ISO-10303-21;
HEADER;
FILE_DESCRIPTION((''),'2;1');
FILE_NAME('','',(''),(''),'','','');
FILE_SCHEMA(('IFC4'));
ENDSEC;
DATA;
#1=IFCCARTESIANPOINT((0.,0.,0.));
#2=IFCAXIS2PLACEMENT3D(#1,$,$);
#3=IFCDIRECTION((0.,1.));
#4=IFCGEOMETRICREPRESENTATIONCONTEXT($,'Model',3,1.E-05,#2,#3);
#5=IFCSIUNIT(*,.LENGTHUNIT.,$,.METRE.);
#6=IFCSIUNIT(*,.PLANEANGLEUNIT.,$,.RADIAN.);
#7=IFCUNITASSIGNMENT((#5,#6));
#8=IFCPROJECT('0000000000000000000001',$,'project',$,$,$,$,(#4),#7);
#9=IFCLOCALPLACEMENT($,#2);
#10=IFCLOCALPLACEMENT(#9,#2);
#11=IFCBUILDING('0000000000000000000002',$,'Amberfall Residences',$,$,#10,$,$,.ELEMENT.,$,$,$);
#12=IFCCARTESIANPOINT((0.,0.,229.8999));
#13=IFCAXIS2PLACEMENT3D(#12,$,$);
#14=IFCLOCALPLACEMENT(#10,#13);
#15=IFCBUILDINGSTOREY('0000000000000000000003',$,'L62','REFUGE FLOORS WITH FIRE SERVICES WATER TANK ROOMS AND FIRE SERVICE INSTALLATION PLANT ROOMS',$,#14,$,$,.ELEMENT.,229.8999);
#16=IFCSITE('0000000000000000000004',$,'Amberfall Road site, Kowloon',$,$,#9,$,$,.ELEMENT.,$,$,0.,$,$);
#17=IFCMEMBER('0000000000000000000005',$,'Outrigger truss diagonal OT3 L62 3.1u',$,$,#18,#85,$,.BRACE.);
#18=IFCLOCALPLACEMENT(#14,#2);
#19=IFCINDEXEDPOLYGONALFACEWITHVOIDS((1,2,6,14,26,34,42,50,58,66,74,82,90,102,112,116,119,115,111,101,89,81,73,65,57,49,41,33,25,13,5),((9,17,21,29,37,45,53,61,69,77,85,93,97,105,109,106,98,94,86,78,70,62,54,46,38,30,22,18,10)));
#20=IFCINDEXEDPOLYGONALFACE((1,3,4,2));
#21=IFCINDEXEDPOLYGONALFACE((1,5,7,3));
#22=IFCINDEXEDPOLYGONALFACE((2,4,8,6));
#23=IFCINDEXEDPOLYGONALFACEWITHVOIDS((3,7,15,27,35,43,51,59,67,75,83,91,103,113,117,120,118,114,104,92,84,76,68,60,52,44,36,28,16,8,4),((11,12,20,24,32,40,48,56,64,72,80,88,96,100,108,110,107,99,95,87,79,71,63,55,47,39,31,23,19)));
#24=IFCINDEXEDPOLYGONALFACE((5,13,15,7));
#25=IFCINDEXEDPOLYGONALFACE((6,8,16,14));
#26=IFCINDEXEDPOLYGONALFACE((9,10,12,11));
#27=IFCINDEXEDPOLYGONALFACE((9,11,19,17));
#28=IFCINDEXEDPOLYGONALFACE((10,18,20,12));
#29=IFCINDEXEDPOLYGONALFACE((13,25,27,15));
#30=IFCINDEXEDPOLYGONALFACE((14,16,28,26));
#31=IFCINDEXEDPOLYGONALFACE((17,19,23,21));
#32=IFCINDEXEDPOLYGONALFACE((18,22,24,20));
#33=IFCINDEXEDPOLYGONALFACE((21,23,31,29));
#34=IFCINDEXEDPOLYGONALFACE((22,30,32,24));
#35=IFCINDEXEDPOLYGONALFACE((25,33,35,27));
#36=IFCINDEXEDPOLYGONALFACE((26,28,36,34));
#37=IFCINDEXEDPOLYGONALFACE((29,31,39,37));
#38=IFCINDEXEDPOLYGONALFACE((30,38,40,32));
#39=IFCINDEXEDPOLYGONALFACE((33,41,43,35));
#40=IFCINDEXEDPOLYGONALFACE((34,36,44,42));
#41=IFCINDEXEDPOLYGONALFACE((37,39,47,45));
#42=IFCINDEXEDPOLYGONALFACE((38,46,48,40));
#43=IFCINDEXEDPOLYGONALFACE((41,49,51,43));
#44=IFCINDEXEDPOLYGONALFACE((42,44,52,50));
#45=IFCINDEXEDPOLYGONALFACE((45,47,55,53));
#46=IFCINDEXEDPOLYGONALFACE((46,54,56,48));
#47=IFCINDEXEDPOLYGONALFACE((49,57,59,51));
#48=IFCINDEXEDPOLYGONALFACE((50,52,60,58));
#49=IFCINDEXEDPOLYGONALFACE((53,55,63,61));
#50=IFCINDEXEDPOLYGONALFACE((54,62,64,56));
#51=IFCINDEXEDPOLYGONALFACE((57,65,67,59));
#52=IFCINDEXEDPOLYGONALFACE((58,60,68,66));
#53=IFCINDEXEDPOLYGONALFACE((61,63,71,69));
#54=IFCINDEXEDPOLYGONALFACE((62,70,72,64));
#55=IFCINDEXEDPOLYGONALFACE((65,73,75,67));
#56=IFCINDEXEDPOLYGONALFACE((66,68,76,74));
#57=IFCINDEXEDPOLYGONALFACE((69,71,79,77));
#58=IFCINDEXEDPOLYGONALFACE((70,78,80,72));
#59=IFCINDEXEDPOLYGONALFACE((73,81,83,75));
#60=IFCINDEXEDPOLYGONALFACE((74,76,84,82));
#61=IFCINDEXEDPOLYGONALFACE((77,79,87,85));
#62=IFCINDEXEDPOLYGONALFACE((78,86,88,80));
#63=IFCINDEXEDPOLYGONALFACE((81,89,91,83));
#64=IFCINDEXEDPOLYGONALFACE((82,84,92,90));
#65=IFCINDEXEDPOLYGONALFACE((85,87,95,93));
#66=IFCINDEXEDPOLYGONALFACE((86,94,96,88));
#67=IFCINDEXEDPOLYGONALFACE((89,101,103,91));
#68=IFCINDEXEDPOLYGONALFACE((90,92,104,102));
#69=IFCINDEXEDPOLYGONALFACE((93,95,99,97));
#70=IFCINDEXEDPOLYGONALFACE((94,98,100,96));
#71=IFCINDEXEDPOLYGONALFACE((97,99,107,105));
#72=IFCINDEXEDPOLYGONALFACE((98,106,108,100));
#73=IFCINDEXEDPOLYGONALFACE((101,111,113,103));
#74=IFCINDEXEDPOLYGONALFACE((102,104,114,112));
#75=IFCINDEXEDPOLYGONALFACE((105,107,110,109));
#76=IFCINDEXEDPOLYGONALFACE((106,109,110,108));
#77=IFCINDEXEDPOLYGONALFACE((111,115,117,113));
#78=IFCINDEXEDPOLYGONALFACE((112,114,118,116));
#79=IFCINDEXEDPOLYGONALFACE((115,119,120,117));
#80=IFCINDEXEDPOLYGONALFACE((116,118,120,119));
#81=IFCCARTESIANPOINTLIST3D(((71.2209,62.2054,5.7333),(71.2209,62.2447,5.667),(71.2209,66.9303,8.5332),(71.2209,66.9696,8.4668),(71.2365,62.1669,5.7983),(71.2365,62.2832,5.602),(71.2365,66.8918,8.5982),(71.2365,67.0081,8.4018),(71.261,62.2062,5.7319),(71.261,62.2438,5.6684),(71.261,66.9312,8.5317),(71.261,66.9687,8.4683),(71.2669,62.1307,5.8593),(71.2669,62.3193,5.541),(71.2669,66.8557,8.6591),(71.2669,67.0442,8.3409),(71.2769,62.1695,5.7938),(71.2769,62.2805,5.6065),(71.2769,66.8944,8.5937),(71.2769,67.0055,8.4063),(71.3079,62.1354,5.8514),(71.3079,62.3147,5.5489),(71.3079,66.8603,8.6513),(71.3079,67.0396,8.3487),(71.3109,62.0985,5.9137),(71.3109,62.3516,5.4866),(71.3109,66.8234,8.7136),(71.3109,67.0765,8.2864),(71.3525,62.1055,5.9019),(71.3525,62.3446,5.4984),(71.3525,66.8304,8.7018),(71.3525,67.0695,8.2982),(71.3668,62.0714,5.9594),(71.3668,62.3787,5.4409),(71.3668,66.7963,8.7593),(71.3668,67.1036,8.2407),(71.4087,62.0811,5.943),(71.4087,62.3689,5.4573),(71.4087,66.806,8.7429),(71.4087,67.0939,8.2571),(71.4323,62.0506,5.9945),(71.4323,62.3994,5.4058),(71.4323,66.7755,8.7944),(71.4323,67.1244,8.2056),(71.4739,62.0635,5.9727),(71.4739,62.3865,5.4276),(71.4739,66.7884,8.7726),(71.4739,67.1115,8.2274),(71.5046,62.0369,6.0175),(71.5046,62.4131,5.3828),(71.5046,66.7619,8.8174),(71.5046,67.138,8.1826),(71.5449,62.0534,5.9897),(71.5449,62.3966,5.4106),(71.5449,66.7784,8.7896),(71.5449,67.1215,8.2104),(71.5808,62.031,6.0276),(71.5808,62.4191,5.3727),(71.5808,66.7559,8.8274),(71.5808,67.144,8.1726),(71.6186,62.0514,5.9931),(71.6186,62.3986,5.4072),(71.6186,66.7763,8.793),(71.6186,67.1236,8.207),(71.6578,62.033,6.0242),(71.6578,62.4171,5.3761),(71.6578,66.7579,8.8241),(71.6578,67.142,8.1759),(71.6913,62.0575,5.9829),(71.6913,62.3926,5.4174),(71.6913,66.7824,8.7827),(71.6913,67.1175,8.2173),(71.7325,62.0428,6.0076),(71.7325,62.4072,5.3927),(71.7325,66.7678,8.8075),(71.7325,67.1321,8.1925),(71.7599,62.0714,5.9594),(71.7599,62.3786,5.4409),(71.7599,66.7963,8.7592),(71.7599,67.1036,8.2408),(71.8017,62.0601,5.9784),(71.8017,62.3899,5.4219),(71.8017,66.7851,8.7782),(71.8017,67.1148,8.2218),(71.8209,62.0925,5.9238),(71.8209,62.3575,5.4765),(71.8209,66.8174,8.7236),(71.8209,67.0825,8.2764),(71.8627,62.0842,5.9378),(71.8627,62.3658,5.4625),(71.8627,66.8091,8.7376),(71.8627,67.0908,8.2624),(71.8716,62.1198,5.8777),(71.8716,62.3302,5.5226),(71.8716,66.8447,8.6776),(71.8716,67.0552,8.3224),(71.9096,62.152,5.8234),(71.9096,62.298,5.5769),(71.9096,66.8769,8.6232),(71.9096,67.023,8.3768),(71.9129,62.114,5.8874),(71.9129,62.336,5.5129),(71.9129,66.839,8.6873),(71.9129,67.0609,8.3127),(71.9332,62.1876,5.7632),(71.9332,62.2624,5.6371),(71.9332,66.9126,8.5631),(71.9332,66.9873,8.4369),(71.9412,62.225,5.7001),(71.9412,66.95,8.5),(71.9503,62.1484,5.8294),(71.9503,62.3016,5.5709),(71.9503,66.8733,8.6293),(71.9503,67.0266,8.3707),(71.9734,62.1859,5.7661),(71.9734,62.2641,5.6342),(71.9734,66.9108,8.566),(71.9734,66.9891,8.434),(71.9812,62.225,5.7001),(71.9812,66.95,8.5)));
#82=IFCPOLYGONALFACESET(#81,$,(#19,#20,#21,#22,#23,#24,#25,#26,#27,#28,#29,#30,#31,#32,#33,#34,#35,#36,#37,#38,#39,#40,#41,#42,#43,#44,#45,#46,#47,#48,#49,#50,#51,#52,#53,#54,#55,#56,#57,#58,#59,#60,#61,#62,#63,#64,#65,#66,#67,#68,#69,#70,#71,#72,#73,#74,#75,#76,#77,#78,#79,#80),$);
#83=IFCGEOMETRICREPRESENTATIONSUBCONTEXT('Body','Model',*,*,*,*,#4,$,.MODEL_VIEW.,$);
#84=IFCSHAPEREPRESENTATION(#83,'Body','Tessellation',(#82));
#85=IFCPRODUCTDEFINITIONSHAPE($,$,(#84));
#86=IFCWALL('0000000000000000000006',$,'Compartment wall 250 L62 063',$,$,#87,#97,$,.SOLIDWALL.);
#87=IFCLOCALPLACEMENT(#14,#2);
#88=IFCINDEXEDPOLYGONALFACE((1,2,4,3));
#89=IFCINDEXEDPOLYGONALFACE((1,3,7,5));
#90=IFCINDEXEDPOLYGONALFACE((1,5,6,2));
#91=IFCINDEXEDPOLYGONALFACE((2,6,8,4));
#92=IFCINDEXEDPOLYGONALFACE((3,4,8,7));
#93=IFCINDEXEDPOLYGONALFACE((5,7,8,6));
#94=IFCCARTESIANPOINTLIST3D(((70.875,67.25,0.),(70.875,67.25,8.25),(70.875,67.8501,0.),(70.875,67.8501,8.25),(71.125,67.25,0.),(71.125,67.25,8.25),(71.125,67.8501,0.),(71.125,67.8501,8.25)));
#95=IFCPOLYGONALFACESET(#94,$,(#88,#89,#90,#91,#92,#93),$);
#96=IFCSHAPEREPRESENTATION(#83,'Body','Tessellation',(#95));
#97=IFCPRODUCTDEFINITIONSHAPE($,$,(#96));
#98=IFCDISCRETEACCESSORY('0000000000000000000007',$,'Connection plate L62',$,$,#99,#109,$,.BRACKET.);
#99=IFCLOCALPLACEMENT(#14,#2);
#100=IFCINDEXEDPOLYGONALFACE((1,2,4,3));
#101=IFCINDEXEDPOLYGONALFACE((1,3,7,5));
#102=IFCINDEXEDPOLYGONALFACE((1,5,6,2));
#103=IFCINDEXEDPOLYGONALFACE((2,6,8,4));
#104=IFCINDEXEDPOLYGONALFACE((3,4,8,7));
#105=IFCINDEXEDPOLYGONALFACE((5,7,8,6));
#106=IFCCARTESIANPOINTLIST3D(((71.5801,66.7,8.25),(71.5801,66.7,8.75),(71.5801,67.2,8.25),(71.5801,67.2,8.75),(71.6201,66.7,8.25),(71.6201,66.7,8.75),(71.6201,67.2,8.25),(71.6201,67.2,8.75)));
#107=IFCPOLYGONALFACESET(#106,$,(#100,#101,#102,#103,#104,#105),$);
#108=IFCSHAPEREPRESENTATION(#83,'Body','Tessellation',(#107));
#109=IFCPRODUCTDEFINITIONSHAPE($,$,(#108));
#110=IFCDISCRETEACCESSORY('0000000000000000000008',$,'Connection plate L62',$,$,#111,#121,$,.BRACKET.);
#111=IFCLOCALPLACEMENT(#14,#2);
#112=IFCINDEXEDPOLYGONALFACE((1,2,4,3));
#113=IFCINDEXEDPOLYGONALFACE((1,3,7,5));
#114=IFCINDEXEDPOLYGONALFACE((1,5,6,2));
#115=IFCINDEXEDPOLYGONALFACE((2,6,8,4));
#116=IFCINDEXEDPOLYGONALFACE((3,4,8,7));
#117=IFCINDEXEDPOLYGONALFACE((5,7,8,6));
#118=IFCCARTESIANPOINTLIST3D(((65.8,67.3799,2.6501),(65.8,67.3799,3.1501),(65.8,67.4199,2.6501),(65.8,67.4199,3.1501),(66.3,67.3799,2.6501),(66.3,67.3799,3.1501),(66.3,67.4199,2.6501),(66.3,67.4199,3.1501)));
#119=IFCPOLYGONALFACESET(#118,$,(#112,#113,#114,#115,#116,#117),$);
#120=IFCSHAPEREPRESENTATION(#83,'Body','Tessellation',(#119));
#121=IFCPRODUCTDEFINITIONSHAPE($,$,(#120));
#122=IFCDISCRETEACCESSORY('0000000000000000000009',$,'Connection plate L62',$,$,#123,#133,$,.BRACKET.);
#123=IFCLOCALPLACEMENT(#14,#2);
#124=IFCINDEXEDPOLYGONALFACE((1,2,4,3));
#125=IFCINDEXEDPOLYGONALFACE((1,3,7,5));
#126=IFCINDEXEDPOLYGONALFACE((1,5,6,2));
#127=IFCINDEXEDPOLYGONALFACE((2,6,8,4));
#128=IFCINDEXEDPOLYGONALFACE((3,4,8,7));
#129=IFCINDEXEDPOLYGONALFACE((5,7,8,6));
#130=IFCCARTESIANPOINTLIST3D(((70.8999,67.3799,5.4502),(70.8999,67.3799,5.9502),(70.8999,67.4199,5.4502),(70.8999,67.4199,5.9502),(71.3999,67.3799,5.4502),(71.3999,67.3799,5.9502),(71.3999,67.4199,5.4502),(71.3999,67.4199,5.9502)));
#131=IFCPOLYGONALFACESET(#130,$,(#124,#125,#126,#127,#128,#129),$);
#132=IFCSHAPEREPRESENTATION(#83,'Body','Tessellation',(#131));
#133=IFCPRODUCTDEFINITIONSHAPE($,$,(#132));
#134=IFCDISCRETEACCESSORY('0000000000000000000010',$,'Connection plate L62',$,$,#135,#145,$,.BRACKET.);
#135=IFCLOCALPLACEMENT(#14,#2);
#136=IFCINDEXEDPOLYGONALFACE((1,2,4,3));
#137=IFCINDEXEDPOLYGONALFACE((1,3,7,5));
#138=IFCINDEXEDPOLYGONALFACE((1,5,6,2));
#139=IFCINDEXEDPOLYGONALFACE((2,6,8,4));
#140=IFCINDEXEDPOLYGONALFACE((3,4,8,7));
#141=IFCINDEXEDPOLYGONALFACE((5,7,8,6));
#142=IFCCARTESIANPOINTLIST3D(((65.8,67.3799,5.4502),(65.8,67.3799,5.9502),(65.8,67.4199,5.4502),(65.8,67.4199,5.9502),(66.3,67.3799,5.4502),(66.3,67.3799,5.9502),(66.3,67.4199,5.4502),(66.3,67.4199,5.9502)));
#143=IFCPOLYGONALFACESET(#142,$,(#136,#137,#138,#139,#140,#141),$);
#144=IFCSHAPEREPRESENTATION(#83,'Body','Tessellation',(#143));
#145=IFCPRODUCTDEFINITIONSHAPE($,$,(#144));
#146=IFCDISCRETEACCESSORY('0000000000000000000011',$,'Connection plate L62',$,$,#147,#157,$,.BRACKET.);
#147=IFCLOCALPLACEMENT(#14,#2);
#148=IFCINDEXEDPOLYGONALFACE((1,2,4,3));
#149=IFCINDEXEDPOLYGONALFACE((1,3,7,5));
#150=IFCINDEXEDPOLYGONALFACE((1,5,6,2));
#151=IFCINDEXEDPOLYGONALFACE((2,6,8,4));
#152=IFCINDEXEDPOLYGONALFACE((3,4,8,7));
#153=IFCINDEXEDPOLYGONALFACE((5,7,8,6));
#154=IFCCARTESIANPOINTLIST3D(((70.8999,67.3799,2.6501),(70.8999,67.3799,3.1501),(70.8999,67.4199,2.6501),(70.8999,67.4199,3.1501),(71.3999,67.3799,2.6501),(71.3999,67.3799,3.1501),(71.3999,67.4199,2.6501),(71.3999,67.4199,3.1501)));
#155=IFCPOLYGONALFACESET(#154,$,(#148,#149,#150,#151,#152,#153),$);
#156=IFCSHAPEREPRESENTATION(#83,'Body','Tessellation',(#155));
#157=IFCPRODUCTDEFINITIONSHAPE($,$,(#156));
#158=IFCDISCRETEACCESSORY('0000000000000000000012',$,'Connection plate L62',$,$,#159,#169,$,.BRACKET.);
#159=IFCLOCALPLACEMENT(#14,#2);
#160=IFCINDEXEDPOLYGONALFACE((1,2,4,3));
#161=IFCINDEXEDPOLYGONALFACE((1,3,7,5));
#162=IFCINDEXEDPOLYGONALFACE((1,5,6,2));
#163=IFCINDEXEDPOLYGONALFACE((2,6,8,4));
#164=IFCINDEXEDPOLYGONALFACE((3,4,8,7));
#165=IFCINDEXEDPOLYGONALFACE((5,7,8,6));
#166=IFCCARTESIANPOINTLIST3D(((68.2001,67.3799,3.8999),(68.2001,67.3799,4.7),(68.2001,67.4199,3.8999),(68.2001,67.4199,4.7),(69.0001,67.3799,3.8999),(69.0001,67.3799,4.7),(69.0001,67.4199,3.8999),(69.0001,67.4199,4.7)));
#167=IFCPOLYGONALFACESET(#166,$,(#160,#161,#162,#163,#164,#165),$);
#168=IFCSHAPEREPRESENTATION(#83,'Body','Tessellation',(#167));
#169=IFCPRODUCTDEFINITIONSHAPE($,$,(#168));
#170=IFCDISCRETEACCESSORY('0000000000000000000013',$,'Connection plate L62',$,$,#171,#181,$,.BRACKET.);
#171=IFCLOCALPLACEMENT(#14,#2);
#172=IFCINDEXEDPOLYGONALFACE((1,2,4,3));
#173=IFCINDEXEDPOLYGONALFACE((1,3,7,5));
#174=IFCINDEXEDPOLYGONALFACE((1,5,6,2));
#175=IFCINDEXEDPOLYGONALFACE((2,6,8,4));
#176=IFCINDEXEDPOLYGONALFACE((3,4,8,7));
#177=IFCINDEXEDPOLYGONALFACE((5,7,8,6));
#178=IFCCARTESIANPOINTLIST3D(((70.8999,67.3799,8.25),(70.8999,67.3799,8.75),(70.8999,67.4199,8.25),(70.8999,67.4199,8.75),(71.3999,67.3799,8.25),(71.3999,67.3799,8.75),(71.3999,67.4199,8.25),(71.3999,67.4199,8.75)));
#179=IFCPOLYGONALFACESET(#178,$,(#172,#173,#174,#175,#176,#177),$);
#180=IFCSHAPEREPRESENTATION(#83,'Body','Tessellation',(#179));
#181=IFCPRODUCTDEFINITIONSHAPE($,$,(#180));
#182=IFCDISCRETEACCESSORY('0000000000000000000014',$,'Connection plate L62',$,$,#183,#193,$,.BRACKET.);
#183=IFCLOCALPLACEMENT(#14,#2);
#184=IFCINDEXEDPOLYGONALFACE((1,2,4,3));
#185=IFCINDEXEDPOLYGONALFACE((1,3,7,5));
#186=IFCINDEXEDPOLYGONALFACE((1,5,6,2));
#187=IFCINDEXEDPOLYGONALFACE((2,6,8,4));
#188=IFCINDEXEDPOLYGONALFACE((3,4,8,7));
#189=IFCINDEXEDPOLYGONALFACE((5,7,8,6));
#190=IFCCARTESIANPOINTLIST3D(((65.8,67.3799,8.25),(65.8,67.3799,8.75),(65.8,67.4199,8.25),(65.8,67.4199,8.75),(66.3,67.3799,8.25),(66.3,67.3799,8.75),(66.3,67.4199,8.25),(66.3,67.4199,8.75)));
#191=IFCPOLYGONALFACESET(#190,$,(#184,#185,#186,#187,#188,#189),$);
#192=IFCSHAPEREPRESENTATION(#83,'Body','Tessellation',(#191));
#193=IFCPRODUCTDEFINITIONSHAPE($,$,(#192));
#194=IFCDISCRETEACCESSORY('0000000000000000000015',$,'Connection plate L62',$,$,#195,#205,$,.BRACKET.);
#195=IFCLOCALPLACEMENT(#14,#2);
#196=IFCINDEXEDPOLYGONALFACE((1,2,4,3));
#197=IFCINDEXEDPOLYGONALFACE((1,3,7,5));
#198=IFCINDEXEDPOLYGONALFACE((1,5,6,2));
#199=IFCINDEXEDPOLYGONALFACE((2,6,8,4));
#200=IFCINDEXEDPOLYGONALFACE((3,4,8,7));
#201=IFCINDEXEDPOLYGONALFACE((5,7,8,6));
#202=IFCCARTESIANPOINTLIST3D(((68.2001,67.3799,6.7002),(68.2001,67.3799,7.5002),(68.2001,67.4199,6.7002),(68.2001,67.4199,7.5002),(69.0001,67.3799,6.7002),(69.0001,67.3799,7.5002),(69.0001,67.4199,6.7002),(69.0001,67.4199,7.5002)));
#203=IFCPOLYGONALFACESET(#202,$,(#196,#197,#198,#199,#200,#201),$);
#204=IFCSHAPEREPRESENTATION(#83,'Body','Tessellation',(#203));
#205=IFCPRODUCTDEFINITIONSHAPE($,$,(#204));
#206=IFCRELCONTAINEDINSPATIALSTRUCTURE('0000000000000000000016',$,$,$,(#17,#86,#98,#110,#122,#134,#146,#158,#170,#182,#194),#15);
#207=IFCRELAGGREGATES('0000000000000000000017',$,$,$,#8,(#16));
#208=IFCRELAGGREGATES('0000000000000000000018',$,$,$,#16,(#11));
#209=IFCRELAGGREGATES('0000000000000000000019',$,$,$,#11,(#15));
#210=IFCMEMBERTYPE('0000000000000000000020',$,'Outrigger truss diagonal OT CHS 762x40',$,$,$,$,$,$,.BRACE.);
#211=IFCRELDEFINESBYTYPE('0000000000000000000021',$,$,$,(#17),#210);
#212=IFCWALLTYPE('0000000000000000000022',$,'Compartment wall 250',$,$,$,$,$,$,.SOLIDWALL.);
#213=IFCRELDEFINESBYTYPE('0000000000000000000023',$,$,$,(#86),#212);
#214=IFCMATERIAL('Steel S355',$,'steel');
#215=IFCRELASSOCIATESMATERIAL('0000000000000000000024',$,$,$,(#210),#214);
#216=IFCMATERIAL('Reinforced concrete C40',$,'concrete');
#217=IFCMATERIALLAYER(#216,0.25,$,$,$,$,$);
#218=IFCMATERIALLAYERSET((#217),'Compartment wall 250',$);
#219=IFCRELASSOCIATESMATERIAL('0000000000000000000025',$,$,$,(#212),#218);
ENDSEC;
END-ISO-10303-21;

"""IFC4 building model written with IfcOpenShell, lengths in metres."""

from ifc_helpers import new_model, si_unit, direction, frame, frame_2d, origin, origin_2d, place, context, subcontext, project, spatial, rectangle, hollow_circle, extrude, material, layer, layer_set, material_profile, profile_set, type_object, element, save


model = new_model("IFC4")

# Units and contexts
model_context = context("Model", 3, precision=1e-05, world=origin(), true_north=direction((0.0, 1.0)))
body_context = subcontext(model_context, "Body", "Model", "MODEL_VIEW")
ifc_project = project(units=[si_unit("LENGTHUNIT", "METRE"), si_unit("PLANEANGLEUNIT", "RADIAN")], contexts=[model_context])

# Site, building, storey
site_placement = place(None, origin())
site = spatial("IfcSite", under=ifc_project, at=site_placement, Name="Amberfall Road site, Kowloon", CompositionType="ELEMENT", RefElevation=0.0)
building_placement = place(site_placement, origin())
building = spatial("IfcBuilding", under=site, at=building_placement, Name="Amberfall Residences", CompositionType="ELEMENT")
storey_placement = place(building_placement, frame((0.0, 0.0, 229.8999)))
storey = spatial("IfcBuildingStorey", under=building, at=storey_placement, Name="L62", Description="REFUGE FLOORS WITH FIRE SERVICES WATER TANK ROOMS AND FIRE SERVICE INSTALLATION PLANT ROOMS", CompositionType="ELEMENT", Elevation=229.8999)

# Shared definitions
ifc_material_1 = material(Name="Steel S355", Category="steel")

# Member
ifc_material_profile_1 = material_profile(ifc_material_1, hollow_circle(Radius=0.3811, WallThickness=0.04, at=origin_2d()), Name="CHS 762x40")
ifc_profile_set_1 = profile_set([ifc_material_profile_1], Name="Steel S355")
member_type_1 = type_object("IfcMemberType", Name="Outrigger truss diagonal OT CHS 762x40", PredefinedType="BRACE", material=ifc_profile_set_1)
member_1_placement = place(storey_placement, frame((71.6001, 66.95, 8.5), z_axis=(0.0, -0.8603, -0.509788), x_axis=(1.0, 0.0, 0.0)))
element("IfcMember", 1, at=member_1_placement, inside=storey, type_object=member_type_1, Name="Outrigger truss diagonal OT3 L62 3.1u", PredefinedType="BRACE", context=body_context, shape_type="SweptSolid", body=[
    extrude(hollow_circle(Radius=0.3811, WallThickness=0.04, at=origin_2d()), origin(), (0.0, 0.0, 1.0), 5.4922),
])

# Wall
ifc_material_2 = material(Name="Reinforced concrete C40", Category="concrete")
ifc_layer = layer(ifc_material_2, 0.25)
ifc_layer_set = layer_set([ifc_layer], Name="Compartment wall 250")
wall_type = type_object("IfcWallType", Name="Compartment wall 250", PredefinedType="SOLIDWALL", material=ifc_layer_set)
wall_placement = place(storey_placement, frame((71.0, 67.25, 0.0), z_axis=(0.0, 0.0, 1.0), x_axis=(0.0, 1.0, 0.0)))
element("IfcWall", 2, at=wall_placement, inside=storey, type_object=wall_type, Name="Compartment wall 250 L62 063", PredefinedType="SOLIDWALL", context=body_context, shape_type="SweptSolid", body=[
    extrude(rectangle(XDim=0.6001, YDim=0.25, at=frame_2d((0.3, 0.0))), origin(), (0.0, 0.0, 1.0), 8.25),
])

# Discrete accessories
for number, where, z_axis, x_axis, name in (
    (3, (71.6001, 66.95, 8.25), (0.0, 0.0, 1.0), (0.0, 1.0, 0.0), "Connection plate L62"),
    (4, (66.05, 67.3999, 2.6501), (0.0, 0.0, 1.0), (1.0, 0.0, 0.0), "Connection plate L62"),
    (5, (71.1499, 67.3999, 5.4502), (0.0, 0.0, 1.0), (1.0, 0.0, 0.0), "Connection plate L62"),
    (6, (66.05, 67.3999, 5.4502), (0.0, 0.0, 1.0), (1.0, 0.0, 0.0), "Connection plate L62"),
    (7, (71.1499, 67.3999, 2.6501), (0.0, 0.0, 1.0), (1.0, 0.0, 0.0), "Connection plate L62"),
):
    element("IfcDiscreteAccessory", number, at=place(storey_placement, frame(where, z_axis=z_axis, x_axis=x_axis)), inside=storey, Name=name, PredefinedType="BRACKET", context=body_context, shape_type="SweptSolid", body=[
        extrude(rectangle(XDim=0.5, YDim=0.04, at=origin_2d()), origin(), (0.0, 0.0, 1.0), 0.5),
    ])
discrete_accessory_1_placement = place(storey_placement, frame((68.6001, 67.3999, 3.8999), z_axis=(0.0, 0.0, 1.0), x_axis=(1.0, 0.0, 0.0)))
element("IfcDiscreteAccessory", 8, at=discrete_accessory_1_placement, inside=storey, Name="Connection plate L62", PredefinedType="BRACKET", context=body_context, shape_type="SweptSolid", body=[
    extrude(rectangle(XDim=0.8, YDim=0.04, at=origin_2d()), origin(), (0.0, 0.0, 1.0), 0.8),
])
for number, where, z_axis, x_axis, name in (
    (9, (71.1499, 67.3999, 8.25), (0.0, 0.0, 1.0), (1.0, 0.0, 0.0), "Connection plate L62"),
    (10, (66.05, 67.3999, 8.25), (0.0, 0.0, 1.0), (1.0, 0.0, 0.0), "Connection plate L62"),
):
    element("IfcDiscreteAccessory", number, at=place(storey_placement, frame(where, z_axis=z_axis, x_axis=x_axis)), inside=storey, Name=name, PredefinedType="BRACKET", context=body_context, shape_type="SweptSolid", body=[
        extrude(rectangle(XDim=0.5, YDim=0.04, at=origin_2d()), origin(), (0.0, 0.0, 1.0), 0.5),
    ])
discrete_accessory_2_placement = place(storey_placement, frame((68.6001, 67.3999, 6.7002), z_axis=(0.0, 0.0, 1.0), x_axis=(1.0, 0.0, 0.0)))
element("IfcDiscreteAccessory", 11, at=discrete_accessory_2_placement, inside=storey, Name="Connection plate L62", PredefinedType="BRACKET", context=body_context, shape_type="SweptSolid", body=[
    extrude(rectangle(XDim=0.8, YDim=0.04, at=origin_2d()), origin(), (0.0, 0.0, 1.0), 0.8),
])

save(model, "model.ifc")
